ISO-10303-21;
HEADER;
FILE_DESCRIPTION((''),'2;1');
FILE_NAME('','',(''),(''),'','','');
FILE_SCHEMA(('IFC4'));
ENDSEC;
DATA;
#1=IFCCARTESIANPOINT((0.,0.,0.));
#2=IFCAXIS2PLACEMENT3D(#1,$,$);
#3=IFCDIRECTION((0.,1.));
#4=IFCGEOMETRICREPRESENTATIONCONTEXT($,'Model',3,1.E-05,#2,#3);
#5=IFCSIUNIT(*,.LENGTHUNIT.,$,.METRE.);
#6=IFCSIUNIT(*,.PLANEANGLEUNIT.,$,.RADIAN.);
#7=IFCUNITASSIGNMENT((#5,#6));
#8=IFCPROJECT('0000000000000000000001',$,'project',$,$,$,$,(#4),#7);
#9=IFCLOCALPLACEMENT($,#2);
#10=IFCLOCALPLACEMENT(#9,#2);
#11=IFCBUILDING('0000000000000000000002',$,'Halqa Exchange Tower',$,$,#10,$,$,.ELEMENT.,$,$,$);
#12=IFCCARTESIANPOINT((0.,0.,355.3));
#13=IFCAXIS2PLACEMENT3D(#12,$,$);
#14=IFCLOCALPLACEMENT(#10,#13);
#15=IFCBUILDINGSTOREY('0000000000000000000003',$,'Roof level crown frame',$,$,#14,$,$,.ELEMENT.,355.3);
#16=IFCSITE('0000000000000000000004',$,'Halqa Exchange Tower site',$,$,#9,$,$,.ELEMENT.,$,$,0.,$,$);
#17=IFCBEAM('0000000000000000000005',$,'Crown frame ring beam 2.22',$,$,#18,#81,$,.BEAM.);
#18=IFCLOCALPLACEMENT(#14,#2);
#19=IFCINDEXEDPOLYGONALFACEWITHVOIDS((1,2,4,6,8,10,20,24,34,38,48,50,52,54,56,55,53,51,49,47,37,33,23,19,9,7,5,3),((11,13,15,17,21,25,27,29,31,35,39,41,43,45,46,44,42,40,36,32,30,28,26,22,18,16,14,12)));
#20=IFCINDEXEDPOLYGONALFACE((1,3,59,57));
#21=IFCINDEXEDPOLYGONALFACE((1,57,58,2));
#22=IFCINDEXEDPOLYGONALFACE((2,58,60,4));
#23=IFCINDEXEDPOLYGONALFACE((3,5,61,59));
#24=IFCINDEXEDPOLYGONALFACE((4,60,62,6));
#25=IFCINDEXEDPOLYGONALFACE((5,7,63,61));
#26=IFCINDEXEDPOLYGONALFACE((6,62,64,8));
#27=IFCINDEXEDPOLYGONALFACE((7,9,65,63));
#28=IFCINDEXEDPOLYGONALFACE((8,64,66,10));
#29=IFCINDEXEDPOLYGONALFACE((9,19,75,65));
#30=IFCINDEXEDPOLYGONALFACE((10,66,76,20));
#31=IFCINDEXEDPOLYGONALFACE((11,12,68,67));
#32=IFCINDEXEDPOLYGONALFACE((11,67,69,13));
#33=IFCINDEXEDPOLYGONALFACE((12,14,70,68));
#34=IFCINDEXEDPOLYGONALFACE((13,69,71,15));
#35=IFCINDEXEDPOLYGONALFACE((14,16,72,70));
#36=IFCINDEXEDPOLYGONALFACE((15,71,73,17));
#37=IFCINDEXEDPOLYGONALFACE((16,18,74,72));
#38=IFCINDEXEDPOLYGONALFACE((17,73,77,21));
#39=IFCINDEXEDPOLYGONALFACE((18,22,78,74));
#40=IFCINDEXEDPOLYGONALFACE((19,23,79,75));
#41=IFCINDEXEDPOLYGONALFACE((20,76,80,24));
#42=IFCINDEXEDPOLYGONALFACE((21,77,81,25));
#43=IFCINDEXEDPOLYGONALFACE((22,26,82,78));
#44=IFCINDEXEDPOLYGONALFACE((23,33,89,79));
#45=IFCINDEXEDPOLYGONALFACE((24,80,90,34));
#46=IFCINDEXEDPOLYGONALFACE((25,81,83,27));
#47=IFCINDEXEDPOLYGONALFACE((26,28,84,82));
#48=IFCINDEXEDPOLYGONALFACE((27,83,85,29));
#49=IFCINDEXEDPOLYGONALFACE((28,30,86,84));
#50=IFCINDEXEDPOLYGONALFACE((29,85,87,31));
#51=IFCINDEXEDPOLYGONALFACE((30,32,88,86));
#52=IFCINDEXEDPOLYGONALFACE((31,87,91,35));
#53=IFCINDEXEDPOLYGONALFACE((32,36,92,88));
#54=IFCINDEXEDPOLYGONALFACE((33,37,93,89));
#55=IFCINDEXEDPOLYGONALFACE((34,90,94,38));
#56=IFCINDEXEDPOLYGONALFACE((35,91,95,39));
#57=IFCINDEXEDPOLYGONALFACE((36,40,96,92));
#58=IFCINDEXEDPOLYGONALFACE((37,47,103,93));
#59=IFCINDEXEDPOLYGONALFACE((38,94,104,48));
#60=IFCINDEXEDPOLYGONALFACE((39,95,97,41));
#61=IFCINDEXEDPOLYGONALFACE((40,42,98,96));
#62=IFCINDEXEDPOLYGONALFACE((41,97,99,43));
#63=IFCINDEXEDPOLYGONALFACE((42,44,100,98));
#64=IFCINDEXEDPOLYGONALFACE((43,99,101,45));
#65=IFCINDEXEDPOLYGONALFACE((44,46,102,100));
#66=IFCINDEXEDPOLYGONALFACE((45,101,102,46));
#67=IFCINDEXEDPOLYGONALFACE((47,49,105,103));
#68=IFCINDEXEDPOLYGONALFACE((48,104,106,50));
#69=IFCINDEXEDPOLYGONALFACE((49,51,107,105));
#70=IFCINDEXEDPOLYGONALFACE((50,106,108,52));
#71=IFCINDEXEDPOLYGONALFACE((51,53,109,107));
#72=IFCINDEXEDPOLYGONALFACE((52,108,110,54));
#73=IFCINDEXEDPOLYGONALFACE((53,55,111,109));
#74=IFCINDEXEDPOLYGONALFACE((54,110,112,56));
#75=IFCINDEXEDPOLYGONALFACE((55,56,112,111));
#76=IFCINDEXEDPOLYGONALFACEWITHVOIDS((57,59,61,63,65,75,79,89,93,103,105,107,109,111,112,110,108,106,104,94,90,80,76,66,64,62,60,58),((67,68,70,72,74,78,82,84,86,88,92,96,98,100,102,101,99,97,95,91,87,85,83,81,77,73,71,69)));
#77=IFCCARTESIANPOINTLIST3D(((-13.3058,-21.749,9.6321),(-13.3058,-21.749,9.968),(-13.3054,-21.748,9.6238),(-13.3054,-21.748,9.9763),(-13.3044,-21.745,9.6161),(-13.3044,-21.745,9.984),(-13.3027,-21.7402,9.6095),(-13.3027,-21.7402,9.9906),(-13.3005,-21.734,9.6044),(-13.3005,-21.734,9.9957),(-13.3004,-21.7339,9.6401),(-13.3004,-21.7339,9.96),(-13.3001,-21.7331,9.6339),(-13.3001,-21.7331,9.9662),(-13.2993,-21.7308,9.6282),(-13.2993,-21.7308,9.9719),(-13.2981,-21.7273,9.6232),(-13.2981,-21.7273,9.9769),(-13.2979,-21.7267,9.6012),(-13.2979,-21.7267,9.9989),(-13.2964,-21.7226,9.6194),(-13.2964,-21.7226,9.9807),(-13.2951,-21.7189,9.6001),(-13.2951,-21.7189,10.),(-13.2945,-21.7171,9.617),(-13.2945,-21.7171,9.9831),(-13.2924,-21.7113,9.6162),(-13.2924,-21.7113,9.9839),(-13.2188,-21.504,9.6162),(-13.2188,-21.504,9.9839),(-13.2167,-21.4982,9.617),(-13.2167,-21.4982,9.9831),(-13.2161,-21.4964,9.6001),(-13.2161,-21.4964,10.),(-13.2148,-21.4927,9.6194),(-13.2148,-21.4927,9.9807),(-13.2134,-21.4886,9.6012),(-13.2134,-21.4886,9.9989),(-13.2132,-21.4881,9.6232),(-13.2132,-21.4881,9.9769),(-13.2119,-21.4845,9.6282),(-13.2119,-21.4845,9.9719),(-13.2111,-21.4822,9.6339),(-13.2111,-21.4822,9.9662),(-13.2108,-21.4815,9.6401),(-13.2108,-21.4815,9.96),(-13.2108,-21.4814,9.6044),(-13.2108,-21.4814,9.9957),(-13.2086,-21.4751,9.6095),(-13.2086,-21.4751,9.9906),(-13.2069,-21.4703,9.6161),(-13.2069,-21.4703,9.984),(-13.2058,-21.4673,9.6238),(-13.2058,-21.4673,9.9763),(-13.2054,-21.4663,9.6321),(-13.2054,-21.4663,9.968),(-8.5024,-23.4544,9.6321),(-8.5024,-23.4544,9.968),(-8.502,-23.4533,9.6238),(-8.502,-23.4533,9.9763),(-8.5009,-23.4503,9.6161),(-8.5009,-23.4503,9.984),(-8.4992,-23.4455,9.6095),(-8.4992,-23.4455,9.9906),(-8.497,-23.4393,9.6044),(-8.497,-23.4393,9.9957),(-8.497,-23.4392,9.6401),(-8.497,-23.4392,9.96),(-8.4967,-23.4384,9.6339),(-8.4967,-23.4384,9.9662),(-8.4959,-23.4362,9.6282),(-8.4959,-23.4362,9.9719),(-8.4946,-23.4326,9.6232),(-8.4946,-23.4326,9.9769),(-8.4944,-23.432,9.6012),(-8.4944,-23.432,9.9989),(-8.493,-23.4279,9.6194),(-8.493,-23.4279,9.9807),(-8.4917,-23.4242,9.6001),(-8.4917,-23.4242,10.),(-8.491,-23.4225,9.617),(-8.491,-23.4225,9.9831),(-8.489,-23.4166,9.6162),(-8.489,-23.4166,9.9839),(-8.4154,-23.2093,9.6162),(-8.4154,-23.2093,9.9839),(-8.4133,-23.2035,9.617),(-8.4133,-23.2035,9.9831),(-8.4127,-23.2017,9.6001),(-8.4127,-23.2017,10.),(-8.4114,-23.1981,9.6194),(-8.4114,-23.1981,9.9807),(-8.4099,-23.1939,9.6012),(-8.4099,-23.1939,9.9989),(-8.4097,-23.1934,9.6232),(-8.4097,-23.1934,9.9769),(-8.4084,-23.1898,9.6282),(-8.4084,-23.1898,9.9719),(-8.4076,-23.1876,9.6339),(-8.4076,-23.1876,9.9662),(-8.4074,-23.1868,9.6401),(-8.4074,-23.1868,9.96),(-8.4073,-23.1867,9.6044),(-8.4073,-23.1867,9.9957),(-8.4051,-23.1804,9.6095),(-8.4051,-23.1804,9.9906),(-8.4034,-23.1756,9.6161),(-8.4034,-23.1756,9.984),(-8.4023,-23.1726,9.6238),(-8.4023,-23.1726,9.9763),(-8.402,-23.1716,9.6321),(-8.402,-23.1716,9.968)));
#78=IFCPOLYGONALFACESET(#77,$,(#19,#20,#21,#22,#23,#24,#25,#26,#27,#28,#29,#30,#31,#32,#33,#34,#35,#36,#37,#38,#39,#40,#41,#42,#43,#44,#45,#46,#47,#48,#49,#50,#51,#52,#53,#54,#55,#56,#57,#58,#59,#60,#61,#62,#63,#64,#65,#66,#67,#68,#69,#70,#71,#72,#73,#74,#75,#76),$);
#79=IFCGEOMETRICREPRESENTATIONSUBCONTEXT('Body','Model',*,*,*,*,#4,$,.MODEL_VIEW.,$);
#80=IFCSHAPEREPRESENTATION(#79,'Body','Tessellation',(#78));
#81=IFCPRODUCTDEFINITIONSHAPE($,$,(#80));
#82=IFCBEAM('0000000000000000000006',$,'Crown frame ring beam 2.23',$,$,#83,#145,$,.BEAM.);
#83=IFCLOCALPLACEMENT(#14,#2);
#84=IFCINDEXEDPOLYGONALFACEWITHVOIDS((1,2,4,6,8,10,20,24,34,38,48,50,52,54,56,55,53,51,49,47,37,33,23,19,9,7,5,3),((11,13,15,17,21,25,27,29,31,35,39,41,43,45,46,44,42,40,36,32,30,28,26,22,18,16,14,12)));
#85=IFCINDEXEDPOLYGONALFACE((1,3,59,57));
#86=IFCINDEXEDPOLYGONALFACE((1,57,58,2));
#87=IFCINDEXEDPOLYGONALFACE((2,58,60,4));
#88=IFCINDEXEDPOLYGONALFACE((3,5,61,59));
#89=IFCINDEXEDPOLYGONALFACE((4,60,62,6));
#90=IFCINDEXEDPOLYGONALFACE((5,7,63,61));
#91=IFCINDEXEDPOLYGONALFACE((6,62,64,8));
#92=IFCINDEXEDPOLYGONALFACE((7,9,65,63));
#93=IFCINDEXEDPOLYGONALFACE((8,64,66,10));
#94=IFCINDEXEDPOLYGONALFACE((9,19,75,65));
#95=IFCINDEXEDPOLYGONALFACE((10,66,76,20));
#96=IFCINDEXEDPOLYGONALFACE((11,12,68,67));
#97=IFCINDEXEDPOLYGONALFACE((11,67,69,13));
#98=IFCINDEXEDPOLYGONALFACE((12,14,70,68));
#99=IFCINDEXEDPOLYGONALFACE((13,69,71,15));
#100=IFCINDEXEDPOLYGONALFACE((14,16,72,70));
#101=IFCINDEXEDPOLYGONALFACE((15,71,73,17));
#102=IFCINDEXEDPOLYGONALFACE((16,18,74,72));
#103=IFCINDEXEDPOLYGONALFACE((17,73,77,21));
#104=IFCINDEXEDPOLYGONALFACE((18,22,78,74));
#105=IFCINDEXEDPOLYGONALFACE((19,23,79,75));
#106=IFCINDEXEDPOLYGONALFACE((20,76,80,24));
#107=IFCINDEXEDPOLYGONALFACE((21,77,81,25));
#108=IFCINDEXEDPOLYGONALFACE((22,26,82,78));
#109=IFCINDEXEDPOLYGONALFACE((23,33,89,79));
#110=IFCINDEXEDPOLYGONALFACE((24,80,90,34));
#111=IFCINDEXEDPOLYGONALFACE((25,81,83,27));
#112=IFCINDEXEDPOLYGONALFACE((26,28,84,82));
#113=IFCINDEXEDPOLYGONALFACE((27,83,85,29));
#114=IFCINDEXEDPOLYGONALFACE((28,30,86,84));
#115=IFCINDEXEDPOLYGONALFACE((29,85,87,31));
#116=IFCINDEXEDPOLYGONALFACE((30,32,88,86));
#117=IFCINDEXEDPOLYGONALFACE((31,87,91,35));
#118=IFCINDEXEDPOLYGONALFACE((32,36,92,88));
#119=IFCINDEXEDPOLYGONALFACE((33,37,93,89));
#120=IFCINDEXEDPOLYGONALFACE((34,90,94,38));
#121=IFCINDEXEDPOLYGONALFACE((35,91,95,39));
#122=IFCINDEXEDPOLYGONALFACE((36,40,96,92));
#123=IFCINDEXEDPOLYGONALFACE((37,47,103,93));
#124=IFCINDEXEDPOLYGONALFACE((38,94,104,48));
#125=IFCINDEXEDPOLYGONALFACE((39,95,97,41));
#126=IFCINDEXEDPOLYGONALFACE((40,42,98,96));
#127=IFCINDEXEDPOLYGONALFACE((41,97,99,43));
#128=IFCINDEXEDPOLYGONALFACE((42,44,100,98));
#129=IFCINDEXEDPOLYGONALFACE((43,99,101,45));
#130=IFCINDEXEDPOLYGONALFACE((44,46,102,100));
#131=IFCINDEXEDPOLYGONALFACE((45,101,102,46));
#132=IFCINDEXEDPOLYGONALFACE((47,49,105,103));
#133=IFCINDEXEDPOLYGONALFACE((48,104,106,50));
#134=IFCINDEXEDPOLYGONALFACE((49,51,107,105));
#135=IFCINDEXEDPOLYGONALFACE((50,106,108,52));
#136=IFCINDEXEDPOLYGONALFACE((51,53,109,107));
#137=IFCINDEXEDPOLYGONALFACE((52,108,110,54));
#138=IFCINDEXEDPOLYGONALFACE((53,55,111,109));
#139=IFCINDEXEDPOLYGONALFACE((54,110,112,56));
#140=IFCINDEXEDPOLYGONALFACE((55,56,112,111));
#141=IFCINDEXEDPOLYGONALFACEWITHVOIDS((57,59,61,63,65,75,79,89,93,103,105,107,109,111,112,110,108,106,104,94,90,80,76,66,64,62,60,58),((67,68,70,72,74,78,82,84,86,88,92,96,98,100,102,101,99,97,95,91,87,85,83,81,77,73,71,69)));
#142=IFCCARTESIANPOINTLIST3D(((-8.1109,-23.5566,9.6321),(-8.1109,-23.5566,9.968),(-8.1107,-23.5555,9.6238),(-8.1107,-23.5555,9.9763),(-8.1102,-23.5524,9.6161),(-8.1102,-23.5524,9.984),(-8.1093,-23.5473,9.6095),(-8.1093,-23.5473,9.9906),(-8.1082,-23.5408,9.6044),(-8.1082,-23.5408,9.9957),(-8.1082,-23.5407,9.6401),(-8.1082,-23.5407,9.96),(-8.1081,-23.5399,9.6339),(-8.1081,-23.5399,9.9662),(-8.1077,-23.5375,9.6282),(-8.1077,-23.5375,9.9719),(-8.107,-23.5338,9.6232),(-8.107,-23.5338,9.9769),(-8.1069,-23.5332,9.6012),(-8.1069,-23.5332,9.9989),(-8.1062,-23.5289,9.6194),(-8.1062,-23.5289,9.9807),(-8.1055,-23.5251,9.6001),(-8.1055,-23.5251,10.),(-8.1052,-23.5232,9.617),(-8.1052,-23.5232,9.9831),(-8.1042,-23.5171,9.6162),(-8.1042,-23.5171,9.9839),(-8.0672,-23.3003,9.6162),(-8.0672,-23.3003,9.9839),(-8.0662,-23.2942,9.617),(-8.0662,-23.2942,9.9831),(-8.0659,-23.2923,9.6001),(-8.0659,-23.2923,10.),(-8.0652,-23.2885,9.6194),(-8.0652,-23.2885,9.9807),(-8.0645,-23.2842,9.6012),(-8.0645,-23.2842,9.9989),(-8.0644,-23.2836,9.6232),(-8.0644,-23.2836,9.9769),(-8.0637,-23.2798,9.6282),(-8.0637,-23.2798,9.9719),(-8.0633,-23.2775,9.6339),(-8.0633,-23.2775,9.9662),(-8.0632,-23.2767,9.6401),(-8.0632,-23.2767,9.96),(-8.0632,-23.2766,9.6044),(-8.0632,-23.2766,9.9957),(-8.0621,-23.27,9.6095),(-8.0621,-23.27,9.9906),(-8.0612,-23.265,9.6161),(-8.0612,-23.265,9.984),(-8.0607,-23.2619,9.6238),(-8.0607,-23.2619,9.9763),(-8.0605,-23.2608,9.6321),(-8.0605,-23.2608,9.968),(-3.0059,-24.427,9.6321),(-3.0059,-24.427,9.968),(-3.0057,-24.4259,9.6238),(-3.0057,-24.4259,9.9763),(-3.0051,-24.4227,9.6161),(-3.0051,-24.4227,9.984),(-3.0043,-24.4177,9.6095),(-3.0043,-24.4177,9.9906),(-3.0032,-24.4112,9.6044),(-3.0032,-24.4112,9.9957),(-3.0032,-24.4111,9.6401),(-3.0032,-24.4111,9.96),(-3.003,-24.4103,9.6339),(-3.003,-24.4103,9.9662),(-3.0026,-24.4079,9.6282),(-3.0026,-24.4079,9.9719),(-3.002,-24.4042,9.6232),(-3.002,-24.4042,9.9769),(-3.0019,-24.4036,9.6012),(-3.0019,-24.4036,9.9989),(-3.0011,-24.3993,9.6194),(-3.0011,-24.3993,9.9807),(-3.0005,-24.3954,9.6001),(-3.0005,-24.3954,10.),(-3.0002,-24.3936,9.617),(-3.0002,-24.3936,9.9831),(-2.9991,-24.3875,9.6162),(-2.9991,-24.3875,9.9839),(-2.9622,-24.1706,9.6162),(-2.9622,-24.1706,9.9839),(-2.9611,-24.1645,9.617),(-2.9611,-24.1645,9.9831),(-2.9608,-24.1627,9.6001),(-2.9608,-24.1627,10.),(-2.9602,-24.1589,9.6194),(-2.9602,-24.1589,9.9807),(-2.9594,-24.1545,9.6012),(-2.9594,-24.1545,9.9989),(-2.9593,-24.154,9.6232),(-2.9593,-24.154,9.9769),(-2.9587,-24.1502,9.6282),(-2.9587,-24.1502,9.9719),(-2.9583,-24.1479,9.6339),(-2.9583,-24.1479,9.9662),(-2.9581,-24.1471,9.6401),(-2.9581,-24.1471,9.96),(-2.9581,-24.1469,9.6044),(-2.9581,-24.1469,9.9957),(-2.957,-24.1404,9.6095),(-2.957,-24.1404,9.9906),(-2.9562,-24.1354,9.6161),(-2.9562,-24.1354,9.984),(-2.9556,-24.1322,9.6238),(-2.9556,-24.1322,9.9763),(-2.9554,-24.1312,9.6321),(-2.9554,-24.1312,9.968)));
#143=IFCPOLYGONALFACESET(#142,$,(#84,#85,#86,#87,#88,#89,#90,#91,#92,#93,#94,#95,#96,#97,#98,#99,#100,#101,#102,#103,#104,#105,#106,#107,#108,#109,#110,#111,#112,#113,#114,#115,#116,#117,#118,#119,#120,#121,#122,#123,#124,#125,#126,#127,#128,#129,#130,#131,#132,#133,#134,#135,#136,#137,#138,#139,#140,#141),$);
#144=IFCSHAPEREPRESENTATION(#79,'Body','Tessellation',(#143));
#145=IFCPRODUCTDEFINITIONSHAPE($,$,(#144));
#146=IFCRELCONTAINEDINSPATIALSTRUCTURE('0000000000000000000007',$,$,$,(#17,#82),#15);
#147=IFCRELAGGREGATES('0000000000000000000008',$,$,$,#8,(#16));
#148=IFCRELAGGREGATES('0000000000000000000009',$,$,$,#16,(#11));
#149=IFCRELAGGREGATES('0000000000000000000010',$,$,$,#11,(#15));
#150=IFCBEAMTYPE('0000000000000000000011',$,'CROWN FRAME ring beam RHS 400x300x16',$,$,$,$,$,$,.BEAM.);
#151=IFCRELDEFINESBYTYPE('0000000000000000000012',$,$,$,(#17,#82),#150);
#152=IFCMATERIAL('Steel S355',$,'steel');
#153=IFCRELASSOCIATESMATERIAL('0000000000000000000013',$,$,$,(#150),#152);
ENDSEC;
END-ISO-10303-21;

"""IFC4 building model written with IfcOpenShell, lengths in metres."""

from ifc_helpers import new_model, si_unit, direction, frame, origin, origin_2d, place, context, subcontext, project, spatial, hollow_rectangle, extrude, material, material_profile, profile_set, type_object, element, save


model = new_model("IFC4")

# Units and contexts
model_context = context("Model", 3, precision=1e-05, world=origin(), true_north=direction((0.0, 1.0)))
body_context = subcontext(model_context, "Body", "Model", "MODEL_VIEW")
ifc_project = project(units=[si_unit("LENGTHUNIT", "METRE"), si_unit("PLANEANGLEUNIT", "RADIAN")], contexts=[model_context])

# Site, building, storey
site_placement = place(None, origin())
site = spatial("IfcSite", under=ifc_project, at=site_placement, Name="Halqa Exchange Tower site", CompositionType="ELEMENT", RefElevation=0.0)
building_placement = place(site_placement, origin())
building = spatial("IfcBuilding", under=site, at=building_placement, Name="Halqa Exchange Tower", CompositionType="ELEMENT")
storey_placement = place(building_placement, frame((0.0, 0.0, 355.3)))
storey = spatial("IfcBuildingStorey", under=building, at=storey_placement, Name="Roof level crown frame", CompositionType="ELEMENT", Elevation=355.3)

# Shared definitions
ifc_material_1 = material(Name="Steel S355", Category="steel")

# Beams
ifc_material_profile_1 = material_profile(ifc_material_1, hollow_rectangle(XDim=0.3, YDim=0.3999, WallThickness=0.0161, InnerFilletRadius=0.0239, OuterFilletRadius=0.032, at=origin_2d()), Name="RHS 400x300x16")
ifc_profile_set_1 = profile_set([ifc_material_profile_1], Name="Steel S355")
beam_type = type_object("IfcBeamType", Name="CROWN FRAME ring beam RHS 400x300x16", PredefinedType="BEAM", material=ifc_profile_set_1)
beam_1_placement = place(storey_placement, frame((-13.2556, -21.6077, 9.8), z_axis=(0.942374, -0.334561, 0.0), x_axis=(0.334561, 0.942374, 0.0)))
element("IfcBeam", 1, at=beam_1_placement, inside=storey, type_object=beam_type, Name="Crown frame ring beam 2.22", PredefinedType="BEAM", context=body_context, shape_type="SweptSolid", body=[
    extrude(hollow_rectangle(XDim=0.3, YDim=0.3999, WallThickness=0.0161, InnerFilletRadius=0.0239, OuterFilletRadius=0.032, at=origin_2d()), origin(), (0.0, 0.0, 1.0), 5.0972),
])
beam_2_placement = place(storey_placement, frame((-8.0857, -23.4087, 9.8), z_axis=(0.985776, -0.168067, 0.0), x_axis=(0.168067, 0.985776, 0.0)))
element("IfcBeam", 2, at=beam_2_placement, inside=storey, type_object=beam_type, Name="Crown frame ring beam 2.23", PredefinedType="BEAM", context=body_context, shape_type="SweptSolid", body=[
    extrude(hollow_rectangle(XDim=0.3, YDim=0.3999, WallThickness=0.0161, InnerFilletRadius=0.0239, OuterFilletRadius=0.032, at=origin_2d()), origin(), (0.0, 0.0, 1.0), 5.1787),
])

save(model, "model.ifc")
